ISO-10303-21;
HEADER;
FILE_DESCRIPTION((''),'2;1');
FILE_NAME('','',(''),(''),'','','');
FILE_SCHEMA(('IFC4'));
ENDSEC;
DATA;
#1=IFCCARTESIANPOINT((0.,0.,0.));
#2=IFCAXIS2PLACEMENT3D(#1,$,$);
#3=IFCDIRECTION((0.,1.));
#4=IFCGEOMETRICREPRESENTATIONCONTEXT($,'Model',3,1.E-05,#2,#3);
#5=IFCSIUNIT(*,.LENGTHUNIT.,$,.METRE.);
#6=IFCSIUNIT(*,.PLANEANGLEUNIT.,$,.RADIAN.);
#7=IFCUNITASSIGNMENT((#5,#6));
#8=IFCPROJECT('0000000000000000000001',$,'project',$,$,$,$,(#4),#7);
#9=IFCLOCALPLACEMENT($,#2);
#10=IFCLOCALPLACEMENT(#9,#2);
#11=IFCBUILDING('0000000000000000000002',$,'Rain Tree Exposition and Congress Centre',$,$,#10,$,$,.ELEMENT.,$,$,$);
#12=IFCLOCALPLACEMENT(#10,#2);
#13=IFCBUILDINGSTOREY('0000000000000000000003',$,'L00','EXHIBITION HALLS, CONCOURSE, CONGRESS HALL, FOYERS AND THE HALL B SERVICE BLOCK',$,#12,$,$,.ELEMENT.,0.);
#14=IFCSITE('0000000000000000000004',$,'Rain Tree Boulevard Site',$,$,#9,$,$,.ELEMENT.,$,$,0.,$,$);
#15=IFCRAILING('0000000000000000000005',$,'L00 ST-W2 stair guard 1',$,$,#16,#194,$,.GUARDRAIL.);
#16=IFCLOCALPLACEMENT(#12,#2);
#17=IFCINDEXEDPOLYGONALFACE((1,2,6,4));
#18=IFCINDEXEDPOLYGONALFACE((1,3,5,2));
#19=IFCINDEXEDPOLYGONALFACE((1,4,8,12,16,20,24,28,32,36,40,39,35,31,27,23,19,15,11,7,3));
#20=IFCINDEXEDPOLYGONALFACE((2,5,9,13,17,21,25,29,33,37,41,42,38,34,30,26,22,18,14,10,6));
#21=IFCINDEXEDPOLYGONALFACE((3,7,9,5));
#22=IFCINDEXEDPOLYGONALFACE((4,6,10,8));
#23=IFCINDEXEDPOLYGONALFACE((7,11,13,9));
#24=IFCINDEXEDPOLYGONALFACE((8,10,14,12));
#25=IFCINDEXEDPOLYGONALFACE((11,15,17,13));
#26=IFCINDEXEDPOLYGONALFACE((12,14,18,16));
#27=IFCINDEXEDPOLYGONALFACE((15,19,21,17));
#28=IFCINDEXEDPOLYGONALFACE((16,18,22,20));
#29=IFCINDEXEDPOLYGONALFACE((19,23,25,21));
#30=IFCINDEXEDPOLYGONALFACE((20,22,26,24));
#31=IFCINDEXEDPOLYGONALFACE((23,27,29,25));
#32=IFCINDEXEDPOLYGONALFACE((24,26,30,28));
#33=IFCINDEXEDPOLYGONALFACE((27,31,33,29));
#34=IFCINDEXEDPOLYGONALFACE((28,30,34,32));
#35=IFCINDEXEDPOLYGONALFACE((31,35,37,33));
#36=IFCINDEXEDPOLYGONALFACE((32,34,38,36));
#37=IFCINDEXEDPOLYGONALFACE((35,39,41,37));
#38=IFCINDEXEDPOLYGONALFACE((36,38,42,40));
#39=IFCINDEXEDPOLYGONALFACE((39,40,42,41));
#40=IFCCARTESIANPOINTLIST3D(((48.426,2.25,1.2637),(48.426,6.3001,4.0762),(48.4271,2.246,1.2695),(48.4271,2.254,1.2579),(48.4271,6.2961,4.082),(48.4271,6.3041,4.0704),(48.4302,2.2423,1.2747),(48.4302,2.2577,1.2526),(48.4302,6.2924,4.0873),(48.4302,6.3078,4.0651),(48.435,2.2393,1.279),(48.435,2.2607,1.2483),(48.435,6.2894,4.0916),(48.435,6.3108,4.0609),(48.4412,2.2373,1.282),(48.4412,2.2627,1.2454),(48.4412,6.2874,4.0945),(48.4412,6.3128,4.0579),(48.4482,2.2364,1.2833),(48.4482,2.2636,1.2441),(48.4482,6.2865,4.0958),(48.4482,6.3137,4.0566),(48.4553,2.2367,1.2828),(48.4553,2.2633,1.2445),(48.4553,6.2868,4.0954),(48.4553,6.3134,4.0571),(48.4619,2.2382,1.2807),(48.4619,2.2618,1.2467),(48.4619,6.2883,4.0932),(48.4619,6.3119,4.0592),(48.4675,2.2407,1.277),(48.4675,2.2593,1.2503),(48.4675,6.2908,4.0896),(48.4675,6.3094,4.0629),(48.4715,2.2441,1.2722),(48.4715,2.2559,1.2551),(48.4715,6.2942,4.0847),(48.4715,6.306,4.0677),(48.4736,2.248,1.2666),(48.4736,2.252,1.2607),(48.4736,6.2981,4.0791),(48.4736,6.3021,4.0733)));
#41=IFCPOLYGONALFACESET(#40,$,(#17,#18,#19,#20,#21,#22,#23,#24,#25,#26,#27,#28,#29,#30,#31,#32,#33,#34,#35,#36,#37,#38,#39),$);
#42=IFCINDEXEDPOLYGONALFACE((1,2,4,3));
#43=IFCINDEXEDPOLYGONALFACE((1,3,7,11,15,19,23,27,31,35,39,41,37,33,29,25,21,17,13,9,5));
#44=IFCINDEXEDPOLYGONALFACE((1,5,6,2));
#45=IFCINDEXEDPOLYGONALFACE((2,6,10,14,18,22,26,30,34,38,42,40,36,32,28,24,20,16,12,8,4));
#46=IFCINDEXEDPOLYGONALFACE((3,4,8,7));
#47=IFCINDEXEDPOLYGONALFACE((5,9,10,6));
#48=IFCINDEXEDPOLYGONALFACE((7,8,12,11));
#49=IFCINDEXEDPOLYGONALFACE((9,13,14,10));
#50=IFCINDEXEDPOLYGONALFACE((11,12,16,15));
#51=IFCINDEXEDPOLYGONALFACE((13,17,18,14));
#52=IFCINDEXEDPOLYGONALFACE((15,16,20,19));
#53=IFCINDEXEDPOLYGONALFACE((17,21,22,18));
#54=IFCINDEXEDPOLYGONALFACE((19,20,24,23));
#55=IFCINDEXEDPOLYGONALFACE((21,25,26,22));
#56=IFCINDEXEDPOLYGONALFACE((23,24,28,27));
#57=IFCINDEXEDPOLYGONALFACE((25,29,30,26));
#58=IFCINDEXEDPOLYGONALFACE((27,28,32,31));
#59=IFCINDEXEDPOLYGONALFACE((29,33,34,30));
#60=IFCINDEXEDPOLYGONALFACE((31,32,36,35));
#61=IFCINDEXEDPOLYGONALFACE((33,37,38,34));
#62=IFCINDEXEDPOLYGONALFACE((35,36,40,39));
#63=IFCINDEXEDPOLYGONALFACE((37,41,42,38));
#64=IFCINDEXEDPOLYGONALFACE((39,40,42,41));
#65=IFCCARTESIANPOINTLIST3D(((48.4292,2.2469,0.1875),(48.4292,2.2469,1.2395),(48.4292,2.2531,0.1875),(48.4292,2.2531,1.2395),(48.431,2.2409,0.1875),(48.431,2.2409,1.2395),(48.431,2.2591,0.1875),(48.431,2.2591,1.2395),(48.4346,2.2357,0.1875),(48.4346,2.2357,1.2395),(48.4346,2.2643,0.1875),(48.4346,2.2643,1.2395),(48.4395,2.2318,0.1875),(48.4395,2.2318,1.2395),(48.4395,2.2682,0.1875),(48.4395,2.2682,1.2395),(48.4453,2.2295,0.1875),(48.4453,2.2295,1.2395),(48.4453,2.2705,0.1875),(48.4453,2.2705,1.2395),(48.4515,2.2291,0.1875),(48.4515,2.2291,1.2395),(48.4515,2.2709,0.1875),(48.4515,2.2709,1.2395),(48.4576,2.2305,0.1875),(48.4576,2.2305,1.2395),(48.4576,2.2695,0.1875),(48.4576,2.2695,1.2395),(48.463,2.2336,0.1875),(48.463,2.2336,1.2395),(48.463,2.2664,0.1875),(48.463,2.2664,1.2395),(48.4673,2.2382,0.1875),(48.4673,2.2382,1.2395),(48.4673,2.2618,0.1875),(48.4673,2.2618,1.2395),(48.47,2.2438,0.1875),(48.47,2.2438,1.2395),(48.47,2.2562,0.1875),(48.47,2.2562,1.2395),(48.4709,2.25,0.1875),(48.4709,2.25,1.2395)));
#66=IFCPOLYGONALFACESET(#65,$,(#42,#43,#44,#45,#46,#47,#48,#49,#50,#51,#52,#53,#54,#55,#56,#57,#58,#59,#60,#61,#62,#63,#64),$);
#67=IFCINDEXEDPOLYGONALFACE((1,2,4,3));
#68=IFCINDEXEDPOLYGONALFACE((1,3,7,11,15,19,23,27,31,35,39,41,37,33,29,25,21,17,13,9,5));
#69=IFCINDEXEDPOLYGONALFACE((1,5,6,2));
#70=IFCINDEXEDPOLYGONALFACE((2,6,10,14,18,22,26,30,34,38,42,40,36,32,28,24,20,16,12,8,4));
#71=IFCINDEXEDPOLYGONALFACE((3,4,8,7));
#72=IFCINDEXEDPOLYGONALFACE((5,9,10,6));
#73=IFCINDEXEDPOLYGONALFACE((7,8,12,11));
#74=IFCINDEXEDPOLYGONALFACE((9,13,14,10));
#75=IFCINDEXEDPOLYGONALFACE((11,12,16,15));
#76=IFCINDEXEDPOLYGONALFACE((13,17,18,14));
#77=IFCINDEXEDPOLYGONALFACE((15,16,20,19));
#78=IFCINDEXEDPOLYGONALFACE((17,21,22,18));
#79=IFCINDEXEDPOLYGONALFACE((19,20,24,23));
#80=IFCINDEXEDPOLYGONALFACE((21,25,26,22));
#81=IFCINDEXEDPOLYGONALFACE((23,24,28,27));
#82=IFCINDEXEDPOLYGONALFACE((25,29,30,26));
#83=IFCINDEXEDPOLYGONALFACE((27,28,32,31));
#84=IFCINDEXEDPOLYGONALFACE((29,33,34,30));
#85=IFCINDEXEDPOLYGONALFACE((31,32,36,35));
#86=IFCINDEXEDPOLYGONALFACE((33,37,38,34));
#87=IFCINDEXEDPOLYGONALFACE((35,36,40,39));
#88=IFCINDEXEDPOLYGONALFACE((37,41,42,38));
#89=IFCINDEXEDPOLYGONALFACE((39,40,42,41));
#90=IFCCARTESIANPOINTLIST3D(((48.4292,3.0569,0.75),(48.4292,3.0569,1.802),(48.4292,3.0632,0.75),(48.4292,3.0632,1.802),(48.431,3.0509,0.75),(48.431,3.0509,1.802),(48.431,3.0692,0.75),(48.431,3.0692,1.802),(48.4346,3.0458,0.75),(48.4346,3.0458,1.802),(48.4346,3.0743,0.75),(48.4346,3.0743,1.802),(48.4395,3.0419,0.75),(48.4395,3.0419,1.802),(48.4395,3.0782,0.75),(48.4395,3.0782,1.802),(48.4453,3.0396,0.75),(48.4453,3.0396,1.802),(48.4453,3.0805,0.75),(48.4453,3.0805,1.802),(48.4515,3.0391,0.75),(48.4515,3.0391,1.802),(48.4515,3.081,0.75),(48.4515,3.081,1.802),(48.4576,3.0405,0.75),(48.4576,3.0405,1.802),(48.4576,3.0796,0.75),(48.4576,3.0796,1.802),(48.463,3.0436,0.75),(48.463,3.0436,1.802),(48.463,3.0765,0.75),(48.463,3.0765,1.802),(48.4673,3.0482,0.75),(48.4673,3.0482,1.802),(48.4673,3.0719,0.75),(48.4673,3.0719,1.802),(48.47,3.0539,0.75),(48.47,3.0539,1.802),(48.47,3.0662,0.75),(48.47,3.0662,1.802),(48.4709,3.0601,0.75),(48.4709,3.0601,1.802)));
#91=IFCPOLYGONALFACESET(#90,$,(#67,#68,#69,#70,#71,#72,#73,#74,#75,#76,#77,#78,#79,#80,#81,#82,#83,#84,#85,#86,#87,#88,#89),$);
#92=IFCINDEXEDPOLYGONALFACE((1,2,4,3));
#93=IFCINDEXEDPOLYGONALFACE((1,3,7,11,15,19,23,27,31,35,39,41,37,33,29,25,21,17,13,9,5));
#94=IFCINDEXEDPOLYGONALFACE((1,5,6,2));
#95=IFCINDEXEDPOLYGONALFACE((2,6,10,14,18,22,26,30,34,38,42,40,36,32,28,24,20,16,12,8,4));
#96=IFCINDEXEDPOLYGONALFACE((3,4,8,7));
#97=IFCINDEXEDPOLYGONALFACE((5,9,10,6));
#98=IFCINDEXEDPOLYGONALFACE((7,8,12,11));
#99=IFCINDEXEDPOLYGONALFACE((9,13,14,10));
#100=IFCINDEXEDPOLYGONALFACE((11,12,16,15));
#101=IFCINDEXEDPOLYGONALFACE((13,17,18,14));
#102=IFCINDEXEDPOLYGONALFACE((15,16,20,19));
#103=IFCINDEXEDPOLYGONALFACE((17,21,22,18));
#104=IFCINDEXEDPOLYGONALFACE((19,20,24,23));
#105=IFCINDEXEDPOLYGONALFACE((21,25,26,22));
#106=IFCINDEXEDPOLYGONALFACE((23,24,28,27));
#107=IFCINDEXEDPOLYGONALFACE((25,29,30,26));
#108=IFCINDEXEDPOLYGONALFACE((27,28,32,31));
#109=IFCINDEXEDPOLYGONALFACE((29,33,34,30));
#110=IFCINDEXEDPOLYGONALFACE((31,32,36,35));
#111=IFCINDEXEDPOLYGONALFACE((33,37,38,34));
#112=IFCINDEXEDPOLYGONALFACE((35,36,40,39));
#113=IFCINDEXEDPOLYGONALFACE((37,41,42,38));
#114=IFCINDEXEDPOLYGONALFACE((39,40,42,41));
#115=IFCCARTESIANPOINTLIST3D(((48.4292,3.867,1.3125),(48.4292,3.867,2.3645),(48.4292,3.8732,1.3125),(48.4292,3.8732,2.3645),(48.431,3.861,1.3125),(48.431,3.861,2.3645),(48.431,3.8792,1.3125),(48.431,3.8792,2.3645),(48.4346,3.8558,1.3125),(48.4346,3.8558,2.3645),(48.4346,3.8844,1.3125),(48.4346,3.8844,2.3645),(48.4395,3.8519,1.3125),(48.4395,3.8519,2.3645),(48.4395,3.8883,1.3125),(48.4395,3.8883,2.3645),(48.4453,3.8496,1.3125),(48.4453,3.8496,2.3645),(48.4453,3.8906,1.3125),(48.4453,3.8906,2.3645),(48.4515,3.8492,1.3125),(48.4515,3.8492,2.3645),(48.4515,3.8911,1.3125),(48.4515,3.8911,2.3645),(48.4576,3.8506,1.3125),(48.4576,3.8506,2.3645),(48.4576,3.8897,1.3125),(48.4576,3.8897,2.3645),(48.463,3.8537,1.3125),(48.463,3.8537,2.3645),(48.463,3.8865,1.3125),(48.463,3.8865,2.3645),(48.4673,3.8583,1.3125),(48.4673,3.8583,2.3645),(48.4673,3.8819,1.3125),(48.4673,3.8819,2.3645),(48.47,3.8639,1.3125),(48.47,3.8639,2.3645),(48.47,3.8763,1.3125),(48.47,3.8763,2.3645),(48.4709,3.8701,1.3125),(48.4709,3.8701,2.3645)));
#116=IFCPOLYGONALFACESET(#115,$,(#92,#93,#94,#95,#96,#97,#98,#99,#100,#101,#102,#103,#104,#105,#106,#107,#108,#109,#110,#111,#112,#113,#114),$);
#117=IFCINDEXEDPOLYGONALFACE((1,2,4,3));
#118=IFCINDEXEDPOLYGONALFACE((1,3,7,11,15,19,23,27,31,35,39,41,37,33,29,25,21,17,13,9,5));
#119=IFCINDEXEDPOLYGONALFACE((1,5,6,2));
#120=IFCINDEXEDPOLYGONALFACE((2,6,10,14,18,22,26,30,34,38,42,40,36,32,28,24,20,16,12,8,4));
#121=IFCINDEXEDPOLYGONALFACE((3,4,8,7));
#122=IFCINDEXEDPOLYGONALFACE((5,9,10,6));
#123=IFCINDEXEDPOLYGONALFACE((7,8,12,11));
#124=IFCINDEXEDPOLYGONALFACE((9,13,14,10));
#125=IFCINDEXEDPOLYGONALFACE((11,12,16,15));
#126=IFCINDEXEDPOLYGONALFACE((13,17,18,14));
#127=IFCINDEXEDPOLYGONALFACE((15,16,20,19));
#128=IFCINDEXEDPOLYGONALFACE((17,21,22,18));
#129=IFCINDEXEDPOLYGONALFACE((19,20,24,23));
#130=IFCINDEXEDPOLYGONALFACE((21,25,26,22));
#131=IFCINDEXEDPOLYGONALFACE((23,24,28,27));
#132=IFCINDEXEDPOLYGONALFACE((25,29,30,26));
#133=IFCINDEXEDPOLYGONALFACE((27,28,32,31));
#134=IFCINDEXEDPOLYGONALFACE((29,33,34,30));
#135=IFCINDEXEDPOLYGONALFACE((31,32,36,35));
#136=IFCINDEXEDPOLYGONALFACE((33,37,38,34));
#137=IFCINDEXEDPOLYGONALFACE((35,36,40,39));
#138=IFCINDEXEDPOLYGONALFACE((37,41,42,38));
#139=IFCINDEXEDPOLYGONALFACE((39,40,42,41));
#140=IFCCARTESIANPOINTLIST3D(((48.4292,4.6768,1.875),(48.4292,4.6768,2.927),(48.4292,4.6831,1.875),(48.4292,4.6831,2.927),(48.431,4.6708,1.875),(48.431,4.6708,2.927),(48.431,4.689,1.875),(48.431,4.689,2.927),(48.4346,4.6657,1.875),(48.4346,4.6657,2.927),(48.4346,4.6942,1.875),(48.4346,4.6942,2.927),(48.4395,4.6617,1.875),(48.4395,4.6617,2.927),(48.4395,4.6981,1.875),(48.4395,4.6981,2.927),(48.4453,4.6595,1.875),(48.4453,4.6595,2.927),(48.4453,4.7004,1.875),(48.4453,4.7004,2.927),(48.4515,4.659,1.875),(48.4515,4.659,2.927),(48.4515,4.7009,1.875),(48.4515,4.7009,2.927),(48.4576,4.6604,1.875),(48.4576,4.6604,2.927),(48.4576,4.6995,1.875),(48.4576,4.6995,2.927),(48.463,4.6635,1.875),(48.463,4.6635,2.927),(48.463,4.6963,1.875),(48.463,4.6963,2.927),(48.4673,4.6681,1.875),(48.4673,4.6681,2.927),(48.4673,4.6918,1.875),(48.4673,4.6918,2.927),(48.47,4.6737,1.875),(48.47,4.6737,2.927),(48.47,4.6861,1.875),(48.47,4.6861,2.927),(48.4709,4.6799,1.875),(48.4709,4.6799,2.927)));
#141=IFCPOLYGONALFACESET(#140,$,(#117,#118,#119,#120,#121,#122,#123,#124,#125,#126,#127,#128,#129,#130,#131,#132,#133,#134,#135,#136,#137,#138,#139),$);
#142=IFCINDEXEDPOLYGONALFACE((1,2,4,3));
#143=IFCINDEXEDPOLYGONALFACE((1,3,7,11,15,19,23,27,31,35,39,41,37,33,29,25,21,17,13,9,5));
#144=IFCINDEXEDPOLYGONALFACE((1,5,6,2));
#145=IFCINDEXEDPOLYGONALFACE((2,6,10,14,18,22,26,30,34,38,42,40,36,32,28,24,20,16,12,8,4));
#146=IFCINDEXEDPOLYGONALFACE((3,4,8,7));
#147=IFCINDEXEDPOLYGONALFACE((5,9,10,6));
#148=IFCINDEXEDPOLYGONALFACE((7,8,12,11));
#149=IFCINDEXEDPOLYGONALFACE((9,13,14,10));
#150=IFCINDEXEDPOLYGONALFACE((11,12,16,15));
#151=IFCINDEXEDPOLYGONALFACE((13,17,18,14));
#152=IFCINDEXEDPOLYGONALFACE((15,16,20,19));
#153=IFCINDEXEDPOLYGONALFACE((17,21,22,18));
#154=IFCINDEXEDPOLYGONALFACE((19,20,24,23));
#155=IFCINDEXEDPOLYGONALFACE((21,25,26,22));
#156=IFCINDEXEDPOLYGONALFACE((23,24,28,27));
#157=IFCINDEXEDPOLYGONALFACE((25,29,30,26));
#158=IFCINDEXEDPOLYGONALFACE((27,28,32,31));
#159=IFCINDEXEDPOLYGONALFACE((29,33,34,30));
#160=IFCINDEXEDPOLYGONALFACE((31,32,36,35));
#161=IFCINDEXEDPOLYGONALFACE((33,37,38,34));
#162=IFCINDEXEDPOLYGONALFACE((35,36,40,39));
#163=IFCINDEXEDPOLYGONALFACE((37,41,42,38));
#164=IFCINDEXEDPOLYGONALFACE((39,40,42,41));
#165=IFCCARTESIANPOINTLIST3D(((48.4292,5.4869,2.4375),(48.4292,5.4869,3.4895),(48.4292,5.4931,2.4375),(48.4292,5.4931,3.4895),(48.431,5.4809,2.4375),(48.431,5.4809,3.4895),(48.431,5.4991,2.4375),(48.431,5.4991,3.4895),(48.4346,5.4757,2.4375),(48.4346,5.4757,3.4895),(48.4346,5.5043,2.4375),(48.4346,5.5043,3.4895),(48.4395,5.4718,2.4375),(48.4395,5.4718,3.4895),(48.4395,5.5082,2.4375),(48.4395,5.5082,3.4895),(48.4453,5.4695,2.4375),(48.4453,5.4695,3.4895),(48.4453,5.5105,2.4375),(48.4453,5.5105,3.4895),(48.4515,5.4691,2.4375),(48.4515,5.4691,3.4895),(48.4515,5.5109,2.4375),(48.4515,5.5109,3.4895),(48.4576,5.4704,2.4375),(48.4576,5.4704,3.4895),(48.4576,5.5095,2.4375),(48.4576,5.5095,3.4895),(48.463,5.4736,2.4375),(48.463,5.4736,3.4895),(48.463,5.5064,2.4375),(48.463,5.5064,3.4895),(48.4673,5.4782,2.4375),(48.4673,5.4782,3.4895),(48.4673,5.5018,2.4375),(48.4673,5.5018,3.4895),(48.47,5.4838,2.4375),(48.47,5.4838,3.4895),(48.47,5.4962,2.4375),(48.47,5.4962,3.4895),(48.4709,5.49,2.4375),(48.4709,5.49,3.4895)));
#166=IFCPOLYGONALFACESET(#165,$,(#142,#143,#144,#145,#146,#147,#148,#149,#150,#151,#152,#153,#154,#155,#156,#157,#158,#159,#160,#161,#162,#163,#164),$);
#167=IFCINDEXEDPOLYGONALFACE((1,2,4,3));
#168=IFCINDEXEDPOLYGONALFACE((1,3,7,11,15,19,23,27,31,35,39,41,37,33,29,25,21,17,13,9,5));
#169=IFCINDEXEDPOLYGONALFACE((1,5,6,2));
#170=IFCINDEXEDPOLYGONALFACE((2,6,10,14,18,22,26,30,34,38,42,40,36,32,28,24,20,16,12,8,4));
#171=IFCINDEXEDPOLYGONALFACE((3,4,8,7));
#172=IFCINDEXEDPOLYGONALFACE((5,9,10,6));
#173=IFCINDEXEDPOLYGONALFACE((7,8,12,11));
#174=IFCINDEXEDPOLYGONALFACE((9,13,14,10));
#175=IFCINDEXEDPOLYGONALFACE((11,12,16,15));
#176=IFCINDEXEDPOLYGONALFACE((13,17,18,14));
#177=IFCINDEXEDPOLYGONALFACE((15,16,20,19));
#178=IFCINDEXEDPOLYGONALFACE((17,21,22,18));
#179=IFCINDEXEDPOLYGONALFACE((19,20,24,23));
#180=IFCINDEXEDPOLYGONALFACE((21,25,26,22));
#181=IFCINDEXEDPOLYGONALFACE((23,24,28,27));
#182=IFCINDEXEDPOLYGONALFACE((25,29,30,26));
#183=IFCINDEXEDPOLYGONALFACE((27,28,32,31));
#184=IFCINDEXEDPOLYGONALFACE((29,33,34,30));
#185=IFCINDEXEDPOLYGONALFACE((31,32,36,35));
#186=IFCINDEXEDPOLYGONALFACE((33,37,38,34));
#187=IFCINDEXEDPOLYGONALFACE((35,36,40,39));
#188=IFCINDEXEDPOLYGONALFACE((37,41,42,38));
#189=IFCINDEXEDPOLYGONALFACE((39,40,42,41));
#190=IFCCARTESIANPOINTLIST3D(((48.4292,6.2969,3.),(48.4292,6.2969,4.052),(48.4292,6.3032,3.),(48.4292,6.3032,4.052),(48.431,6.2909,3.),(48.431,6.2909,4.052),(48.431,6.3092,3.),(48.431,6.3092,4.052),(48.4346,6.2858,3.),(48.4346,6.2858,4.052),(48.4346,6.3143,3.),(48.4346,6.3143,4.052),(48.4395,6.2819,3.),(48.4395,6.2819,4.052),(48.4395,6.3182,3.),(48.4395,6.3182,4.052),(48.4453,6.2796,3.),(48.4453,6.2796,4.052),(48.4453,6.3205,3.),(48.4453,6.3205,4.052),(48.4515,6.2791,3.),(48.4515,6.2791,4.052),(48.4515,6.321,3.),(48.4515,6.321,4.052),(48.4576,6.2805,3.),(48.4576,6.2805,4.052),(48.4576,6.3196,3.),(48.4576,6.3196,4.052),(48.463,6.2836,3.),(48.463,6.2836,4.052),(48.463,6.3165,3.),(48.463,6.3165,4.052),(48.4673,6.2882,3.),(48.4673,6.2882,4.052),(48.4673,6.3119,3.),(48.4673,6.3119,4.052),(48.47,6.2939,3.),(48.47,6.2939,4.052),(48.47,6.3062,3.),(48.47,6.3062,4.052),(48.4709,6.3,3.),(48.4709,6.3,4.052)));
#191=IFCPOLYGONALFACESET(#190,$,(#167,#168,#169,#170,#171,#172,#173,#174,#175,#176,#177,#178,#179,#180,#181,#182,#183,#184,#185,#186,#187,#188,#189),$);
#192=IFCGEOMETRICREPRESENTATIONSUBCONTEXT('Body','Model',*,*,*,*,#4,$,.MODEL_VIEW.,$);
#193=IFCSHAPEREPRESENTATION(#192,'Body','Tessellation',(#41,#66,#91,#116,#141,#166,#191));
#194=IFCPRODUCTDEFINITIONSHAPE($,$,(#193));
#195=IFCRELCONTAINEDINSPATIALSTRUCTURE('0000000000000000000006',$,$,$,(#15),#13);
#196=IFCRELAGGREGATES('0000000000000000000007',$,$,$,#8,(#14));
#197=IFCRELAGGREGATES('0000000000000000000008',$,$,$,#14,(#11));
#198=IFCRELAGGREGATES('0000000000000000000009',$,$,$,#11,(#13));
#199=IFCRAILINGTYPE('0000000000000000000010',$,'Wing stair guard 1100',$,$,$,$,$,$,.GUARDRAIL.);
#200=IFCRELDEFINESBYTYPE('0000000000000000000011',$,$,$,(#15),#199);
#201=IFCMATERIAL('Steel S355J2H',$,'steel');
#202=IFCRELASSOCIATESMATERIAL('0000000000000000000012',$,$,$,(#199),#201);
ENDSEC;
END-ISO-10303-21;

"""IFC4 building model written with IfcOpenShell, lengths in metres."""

from ifc_helpers import new_model, si_unit, direction, frame, origin, origin_2d, place, context, subcontext, project, spatial, circle, extrude, material, type_object, element, save


model = new_model("IFC4")

# Units and contexts
model_context = context("Model", 3, precision=1e-05, world=origin(), true_north=direction((0.0, 1.0)))
body_context = subcontext(model_context, "Body", "Model", "MODEL_VIEW")
ifc_project = project(units=[si_unit("LENGTHUNIT", "METRE"), si_unit("PLANEANGLEUNIT", "RADIAN")], contexts=[model_context])

# Site, building, storey
site_placement = place(None, origin())
site = spatial("IfcSite", under=ifc_project, at=site_placement, Name="Rain Tree Boulevard Site", CompositionType="ELEMENT", RefElevation=0.0)
building_placement = place(site_placement, origin())
building = spatial("IfcBuilding", under=site, at=building_placement, Name="Rain Tree Exposition and Congress Centre", CompositionType="ELEMENT")
storey_placement = place(building_placement, origin())
storey = spatial("IfcBuildingStorey", under=building, at=storey_placement, Name="L00", Description="EXHIBITION HALLS, CONCOURSE, CONGRESS HALL, FOYERS AND THE HALL B SERVICE BLOCK", CompositionType="ELEMENT", Elevation=0.0)

# Railing
ifc_material_1 = material(Name="Steel S355J2H", Category="steel")
railing_type_1 = type_object("IfcRailingType", Name="Wing stair guard 1100", PredefinedType="GUARDRAIL", material=ifc_material_1)
railing_1_placement = place(storey_placement, frame((48.45, 2.25, 0.1875)))
element("IfcRailing", 1, at=railing_1_placement, inside=storey, type_object=railing_type_1, Name="L00 ST-W2 stair guard 1", PredefinedType="GUARDRAIL", context=body_context, shape_type="SweptSolid", body=[
    extrude(circle(Radius=0.0239, at=origin_2d()), frame((0.0, 0.0, 1.0762), z_axis=(0.0, 0.821373, 0.570391), x_axis=(-1.0, 0.0, 0.0)), (0.0, 0.0, 1.0), 4.9309),
    extrude(circle(Radius=0.021, at=origin_2d()), origin(), (0.0, 0.0, 1.0), 1.052),
    extrude(circle(Radius=0.021, at=origin_2d()), frame((0.0, 0.8101, 0.5625)), (0.0, 0.0, 1.0), 1.052),
    extrude(circle(Radius=0.021, at=origin_2d()), frame((0.0, 1.6201, 1.125)), (0.0, 0.0, 1.0), 1.052),
    extrude(circle(Radius=0.021, at=origin_2d()), frame((0.0, 2.4299, 1.6875)), (0.0, 0.0, 1.0), 1.052),
    extrude(circle(Radius=0.021, at=origin_2d()), frame((0.0, 3.24, 2.25)), (0.0, 0.0, 1.0), 1.052),
    extrude(circle(Radius=0.021, at=origin_2d()), frame((0.0, 4.05, 2.8125)), (0.0, 0.0, 1.0), 1.052),
])

save(model, "model.ifc")
